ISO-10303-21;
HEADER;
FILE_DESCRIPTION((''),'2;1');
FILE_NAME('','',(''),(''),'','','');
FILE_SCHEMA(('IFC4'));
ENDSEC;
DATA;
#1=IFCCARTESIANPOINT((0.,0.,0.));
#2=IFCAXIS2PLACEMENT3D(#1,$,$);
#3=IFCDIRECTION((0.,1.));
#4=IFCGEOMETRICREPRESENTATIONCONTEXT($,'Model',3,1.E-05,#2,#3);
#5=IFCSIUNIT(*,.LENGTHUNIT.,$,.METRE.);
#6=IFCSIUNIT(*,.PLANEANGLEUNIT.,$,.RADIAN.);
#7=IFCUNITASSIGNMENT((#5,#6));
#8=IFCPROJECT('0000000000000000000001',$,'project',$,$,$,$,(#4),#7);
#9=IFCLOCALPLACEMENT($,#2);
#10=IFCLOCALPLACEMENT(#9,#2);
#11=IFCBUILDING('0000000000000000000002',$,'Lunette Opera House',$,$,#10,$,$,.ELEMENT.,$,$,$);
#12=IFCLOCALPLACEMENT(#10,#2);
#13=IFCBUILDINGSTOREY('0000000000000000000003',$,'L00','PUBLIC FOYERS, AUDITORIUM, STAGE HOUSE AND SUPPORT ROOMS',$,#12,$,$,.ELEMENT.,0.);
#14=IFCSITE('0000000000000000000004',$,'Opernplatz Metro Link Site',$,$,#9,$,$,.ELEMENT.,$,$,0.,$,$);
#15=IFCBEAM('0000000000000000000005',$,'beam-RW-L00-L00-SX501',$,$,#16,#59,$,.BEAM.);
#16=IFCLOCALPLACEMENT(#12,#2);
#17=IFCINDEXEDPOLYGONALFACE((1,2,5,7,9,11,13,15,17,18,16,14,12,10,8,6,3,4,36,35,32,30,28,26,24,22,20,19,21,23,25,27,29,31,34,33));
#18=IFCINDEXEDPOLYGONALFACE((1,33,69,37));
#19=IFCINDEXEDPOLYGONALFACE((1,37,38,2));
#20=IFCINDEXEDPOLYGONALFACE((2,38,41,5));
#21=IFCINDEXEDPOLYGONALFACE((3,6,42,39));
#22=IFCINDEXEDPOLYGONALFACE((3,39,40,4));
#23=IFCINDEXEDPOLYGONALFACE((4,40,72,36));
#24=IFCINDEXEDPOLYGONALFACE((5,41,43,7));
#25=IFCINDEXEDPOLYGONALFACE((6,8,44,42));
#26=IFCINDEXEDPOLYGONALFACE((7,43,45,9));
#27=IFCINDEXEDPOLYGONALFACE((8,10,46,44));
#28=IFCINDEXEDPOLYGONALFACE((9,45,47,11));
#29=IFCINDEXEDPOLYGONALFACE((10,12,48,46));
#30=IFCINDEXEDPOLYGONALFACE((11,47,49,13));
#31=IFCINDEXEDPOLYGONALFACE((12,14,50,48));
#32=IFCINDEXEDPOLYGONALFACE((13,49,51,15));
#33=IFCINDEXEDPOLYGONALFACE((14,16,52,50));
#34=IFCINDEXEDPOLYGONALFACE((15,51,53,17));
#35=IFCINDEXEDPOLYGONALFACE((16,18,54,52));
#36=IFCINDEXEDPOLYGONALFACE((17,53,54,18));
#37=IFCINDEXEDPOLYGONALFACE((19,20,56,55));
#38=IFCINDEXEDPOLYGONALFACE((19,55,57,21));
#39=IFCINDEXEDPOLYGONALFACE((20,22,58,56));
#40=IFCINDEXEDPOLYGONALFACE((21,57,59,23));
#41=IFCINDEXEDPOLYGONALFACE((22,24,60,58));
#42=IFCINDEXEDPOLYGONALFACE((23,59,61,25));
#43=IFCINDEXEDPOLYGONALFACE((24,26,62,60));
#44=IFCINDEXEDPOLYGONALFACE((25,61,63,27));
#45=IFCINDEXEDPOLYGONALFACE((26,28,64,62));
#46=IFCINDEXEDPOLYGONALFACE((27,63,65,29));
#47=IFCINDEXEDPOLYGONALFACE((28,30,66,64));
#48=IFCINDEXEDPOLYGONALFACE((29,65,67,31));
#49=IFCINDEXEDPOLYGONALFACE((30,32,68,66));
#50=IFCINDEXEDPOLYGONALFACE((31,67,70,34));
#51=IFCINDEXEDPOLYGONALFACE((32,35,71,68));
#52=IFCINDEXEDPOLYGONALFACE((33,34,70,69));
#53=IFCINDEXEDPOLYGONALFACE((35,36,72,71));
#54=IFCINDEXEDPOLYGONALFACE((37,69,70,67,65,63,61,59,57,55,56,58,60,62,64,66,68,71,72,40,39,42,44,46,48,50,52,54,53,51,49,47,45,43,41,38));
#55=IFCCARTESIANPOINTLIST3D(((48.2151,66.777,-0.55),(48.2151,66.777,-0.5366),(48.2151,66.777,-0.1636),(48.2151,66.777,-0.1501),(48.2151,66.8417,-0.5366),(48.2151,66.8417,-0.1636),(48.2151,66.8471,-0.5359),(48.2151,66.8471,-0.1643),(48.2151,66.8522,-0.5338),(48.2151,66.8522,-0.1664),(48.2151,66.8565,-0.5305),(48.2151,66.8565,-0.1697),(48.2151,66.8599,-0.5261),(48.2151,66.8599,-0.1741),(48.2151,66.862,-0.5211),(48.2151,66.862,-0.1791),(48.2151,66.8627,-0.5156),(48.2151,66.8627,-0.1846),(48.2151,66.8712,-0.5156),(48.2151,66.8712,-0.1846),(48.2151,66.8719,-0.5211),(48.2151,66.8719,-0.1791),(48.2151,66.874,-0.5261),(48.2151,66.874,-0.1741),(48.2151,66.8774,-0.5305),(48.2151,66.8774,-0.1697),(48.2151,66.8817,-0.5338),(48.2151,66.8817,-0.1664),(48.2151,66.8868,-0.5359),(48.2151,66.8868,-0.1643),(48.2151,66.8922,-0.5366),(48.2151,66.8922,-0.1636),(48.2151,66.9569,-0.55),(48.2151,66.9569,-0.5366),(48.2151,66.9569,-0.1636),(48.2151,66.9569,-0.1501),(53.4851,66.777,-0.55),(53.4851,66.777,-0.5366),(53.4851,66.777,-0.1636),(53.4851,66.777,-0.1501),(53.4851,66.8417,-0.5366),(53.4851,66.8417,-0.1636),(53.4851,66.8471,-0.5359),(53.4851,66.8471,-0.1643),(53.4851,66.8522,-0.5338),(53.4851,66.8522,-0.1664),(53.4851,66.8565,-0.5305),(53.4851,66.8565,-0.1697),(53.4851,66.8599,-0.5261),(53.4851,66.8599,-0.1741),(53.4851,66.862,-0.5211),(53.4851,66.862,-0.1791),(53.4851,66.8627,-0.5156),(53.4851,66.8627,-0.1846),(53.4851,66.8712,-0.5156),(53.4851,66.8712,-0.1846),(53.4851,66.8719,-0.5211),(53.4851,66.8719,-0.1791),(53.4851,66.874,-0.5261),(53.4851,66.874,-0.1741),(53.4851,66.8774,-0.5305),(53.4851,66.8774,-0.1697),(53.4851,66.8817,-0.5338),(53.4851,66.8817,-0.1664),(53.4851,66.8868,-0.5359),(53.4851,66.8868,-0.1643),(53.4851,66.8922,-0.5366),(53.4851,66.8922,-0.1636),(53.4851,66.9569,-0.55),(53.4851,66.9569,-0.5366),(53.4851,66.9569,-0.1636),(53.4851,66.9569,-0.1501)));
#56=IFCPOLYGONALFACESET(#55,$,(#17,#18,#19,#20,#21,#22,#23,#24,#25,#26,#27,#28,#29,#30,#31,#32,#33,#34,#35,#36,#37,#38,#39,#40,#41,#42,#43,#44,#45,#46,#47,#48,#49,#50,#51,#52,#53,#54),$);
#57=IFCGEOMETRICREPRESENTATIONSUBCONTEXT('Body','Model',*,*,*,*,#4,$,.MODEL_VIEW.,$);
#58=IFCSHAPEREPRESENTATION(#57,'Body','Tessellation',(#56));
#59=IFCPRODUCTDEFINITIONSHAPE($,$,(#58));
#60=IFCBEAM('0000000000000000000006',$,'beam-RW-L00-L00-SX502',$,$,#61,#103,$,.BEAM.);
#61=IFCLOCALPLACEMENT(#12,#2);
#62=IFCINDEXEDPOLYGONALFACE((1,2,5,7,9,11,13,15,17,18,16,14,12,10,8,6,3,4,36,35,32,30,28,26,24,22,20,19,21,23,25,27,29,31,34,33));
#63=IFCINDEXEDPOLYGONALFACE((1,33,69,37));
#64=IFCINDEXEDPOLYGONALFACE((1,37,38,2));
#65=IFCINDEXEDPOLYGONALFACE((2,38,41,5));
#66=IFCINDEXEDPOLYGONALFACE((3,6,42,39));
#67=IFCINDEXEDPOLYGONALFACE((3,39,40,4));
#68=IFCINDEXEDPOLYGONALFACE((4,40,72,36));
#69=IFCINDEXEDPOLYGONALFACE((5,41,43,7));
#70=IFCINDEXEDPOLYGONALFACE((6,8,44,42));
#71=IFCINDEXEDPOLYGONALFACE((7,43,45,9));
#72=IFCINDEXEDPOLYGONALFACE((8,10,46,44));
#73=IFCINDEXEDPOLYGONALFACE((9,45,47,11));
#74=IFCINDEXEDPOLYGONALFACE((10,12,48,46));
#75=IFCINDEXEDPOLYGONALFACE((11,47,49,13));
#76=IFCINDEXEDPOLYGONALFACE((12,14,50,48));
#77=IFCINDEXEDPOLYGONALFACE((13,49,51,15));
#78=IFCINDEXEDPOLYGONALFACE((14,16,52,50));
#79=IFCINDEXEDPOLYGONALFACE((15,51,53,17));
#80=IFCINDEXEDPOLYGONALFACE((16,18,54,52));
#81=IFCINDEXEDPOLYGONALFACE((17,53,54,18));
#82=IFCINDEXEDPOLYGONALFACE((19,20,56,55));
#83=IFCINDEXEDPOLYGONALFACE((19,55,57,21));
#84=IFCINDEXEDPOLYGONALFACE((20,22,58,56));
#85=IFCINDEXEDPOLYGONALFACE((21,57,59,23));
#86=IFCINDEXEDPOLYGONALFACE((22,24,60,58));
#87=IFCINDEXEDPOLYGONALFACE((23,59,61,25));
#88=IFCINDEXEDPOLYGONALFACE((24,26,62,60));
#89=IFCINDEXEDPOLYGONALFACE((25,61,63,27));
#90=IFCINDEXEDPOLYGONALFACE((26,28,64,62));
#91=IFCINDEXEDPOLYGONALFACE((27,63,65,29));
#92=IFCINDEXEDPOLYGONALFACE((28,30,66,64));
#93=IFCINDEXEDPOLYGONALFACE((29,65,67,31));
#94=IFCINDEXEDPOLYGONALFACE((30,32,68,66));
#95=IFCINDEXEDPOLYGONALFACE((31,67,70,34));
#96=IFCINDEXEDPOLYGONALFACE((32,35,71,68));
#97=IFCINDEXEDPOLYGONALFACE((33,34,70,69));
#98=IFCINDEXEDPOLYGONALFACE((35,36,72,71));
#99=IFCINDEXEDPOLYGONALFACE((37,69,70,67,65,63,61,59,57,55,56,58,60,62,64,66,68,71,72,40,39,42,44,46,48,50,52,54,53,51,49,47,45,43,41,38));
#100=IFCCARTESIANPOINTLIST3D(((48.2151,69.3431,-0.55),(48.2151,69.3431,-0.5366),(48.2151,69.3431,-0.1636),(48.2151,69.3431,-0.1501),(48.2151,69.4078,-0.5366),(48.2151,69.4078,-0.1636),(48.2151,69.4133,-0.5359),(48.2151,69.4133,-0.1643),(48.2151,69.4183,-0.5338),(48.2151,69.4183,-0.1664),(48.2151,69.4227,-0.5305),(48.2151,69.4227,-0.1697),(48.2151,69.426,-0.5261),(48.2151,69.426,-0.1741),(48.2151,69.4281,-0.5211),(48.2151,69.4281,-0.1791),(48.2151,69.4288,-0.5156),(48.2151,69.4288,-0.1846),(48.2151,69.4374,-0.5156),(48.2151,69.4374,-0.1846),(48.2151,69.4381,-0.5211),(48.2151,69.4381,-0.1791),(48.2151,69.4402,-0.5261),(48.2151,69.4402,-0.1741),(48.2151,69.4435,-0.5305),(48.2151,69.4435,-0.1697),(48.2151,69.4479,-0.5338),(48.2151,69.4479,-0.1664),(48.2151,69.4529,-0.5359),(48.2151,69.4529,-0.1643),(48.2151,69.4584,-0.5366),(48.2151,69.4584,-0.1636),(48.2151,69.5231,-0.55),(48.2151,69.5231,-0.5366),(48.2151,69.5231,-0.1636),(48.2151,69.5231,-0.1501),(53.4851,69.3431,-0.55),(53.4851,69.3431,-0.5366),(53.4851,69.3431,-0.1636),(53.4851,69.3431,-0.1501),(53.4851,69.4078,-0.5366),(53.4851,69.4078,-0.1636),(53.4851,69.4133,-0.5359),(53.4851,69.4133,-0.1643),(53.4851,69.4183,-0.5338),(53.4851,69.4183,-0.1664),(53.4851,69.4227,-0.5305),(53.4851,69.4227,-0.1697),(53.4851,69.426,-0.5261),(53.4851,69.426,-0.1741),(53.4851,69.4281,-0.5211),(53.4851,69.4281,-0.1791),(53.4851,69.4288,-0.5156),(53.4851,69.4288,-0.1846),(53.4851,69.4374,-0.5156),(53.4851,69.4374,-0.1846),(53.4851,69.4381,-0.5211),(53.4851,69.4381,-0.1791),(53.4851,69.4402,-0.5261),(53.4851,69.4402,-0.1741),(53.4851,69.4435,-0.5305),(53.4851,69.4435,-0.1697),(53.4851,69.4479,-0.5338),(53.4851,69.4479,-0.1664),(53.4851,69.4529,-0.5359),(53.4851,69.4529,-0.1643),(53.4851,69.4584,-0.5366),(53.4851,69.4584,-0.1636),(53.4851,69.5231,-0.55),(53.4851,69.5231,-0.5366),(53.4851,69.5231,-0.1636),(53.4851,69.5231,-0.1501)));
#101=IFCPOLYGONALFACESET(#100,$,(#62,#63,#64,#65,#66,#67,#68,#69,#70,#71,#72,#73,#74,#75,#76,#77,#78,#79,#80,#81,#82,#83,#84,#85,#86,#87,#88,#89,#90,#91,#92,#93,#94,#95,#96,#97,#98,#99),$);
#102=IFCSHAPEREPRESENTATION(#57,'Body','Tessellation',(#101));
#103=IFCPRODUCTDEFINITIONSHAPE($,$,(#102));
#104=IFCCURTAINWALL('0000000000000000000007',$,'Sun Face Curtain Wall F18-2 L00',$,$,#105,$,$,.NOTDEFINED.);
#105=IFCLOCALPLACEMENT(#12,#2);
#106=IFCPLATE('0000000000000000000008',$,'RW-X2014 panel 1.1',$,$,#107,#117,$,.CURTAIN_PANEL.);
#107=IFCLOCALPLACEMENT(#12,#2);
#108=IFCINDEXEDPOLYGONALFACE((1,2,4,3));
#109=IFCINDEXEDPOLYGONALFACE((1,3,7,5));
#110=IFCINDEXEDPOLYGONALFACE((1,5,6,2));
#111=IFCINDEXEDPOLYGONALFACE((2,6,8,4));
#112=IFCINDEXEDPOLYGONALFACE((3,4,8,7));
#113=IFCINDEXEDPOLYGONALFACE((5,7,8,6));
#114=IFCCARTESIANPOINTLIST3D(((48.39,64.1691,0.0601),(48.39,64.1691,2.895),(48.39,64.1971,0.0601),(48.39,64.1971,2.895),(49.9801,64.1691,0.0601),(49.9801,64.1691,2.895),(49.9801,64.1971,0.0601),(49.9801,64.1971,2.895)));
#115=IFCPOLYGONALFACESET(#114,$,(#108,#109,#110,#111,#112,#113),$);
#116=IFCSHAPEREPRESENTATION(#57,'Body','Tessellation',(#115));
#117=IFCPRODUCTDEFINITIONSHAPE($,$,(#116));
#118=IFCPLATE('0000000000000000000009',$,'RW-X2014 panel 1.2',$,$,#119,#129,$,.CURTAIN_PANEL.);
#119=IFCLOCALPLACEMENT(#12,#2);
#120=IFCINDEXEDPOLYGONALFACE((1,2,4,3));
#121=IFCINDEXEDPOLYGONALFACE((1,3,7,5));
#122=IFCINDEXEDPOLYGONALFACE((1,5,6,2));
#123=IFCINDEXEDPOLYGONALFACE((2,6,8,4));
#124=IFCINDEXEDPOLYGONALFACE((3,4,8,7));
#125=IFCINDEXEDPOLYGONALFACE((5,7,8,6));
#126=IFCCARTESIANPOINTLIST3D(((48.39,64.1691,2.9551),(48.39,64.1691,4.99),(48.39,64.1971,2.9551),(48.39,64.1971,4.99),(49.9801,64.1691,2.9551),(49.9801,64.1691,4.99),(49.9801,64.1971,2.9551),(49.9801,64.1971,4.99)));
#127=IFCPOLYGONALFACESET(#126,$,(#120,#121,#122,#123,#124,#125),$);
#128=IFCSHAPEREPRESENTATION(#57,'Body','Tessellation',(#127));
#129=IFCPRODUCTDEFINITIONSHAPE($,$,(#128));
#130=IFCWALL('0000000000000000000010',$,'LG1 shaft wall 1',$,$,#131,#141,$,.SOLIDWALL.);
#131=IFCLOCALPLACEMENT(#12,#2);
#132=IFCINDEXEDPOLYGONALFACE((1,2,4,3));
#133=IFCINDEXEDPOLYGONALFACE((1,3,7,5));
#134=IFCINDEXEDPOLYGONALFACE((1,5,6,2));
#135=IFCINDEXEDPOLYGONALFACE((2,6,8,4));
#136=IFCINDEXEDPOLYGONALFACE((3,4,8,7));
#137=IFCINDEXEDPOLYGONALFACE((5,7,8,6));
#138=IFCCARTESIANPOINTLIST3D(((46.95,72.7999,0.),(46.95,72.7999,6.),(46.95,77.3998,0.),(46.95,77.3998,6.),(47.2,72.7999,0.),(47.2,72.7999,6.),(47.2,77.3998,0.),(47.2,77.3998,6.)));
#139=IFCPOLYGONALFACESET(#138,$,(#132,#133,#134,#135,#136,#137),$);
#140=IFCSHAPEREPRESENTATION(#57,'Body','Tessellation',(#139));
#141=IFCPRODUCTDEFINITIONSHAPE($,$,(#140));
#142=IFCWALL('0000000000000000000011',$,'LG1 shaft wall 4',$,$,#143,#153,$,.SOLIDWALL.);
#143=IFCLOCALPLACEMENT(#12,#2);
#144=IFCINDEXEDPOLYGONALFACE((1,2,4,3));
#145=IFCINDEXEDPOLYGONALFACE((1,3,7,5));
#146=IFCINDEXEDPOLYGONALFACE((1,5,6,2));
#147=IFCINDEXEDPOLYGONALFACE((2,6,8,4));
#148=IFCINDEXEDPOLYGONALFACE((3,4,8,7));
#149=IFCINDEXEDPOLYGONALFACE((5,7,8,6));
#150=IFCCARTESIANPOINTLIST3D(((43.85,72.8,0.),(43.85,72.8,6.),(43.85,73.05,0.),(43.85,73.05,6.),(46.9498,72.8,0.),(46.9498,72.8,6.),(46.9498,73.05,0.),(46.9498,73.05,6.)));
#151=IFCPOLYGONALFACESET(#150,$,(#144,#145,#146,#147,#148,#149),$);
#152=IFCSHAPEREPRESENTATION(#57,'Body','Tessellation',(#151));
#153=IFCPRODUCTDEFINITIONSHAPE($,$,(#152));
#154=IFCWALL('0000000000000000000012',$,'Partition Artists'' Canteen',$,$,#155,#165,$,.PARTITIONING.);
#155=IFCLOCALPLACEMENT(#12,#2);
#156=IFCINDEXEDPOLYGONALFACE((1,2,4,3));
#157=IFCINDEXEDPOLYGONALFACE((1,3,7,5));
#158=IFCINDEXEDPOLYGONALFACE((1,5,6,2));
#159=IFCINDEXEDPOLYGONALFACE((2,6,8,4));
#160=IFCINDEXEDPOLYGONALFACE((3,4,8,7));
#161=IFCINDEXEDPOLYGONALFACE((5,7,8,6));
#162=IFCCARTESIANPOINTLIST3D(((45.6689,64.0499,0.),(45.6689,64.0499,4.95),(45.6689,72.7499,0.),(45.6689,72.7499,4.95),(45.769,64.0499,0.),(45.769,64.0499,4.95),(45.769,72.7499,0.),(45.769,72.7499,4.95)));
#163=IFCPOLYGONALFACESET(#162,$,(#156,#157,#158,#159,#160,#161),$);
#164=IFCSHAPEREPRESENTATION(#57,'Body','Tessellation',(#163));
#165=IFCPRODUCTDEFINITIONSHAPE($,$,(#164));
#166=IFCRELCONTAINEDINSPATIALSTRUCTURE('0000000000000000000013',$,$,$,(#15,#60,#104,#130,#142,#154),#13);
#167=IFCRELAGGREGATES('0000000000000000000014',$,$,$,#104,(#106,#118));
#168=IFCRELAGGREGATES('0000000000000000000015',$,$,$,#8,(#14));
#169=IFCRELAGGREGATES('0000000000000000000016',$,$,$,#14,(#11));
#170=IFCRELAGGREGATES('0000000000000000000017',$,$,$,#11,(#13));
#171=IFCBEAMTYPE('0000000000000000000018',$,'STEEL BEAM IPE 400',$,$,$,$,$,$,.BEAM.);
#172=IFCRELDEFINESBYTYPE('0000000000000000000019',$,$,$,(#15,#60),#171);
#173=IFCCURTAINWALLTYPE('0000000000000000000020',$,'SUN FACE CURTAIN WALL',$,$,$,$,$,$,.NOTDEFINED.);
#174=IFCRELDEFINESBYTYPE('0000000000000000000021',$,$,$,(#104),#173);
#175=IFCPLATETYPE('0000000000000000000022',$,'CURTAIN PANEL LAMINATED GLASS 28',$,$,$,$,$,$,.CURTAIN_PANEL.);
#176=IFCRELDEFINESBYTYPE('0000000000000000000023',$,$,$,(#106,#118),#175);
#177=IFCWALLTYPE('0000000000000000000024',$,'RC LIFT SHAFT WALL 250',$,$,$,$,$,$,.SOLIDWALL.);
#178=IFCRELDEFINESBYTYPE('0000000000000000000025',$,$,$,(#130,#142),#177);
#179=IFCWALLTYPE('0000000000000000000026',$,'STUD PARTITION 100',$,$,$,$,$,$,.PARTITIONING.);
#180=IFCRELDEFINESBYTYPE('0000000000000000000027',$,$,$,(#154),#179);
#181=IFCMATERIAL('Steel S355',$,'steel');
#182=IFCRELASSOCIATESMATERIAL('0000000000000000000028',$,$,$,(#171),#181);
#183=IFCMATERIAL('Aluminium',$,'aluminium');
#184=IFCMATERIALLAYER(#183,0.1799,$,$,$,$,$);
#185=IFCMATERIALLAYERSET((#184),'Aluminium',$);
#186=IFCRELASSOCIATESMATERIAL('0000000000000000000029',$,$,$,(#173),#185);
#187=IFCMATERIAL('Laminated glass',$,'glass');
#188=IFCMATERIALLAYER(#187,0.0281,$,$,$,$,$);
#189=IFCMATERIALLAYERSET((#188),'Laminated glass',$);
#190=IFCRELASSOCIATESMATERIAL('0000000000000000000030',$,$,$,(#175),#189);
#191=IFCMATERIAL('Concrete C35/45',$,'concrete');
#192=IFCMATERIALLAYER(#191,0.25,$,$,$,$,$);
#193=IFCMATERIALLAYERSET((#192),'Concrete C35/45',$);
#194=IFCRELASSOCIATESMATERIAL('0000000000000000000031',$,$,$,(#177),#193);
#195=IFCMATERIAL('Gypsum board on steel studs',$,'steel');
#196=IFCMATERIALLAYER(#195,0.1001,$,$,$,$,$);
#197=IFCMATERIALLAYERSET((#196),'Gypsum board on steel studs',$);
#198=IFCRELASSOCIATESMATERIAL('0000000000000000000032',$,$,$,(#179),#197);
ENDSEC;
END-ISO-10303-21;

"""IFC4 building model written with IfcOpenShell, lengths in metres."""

from ifc_helpers import new_model, si_unit, direction, frame, frame_2d, origin, origin_2d, place, context, subcontext, project, spatial, rectangle, i_section, extrude, material, layer, layer_set, material_profile, profile_set, type_object, element, aggregate, save


model = new_model("IFC4")

# Units and contexts
model_context = context("Model", 3, precision=1e-05, world=origin(), true_north=direction((0.0, 1.0)))
body_context = subcontext(model_context, "Body", "Model", "MODEL_VIEW")
ifc_project = project(units=[si_unit("LENGTHUNIT", "METRE"), si_unit("PLANEANGLEUNIT", "RADIAN")], contexts=[model_context])

# Site, building, storey
site_placement = place(None, origin())
site = spatial("IfcSite", under=ifc_project, at=site_placement, Name="Opernplatz Metro Link Site", CompositionType="ELEMENT", RefElevation=0.0)
building_placement = place(site_placement, origin())
building = spatial("IfcBuilding", under=site, at=building_placement, Name="Lunette Opera House", CompositionType="ELEMENT")
storey_placement = place(building_placement, origin())
storey = spatial("IfcBuildingStorey", under=building, at=storey_placement, Name="L00", Description="PUBLIC FOYERS, AUDITORIUM, STAGE HOUSE AND SUPPORT ROOMS", CompositionType="ELEMENT", Elevation=0.0)

# Beams
ifc_material_1 = material(Name="Steel S355", Category="steel")
ifc_material_profile_1 = material_profile(ifc_material_1, i_section(OverallWidth=0.1799, OverallDepth=0.3999, WebThickness=0.0085, FlangeThickness=0.0134, FilletRadius=0.021, at=origin_2d()), Name="IPE 400")
ifc_profile_set_1 = profile_set([ifc_material_profile_1], Name="Steel S355")
beam_type_1 = type_object("IfcBeamType", Name="STEEL BEAM IPE 400", PredefinedType="BEAM", material=ifc_profile_set_1)
for number, where, z_axis, x_axis, name in (
    (1, (48.2151, 66.8669, -0.3501), (1.0, 0.0, 0.0), (0.0, 1.0, 0.0), "beam-RW-L00-L00-SX501"),
    (2, (48.2151, 69.4331, -0.3501), (1.0, 0.0, 0.0), (0.0, 1.0, 0.0), "beam-RW-L00-L00-SX502"),
):
    element("IfcBeam", number, at=place(storey_placement, frame(where, z_axis=z_axis, x_axis=x_axis)), inside=storey, type_object=beam_type_1, Name=name, PredefinedType="BEAM", context=body_context, shape_type="SweptSolid", body=[
        extrude(i_section(OverallWidth=0.1799, OverallDepth=0.3999, WebThickness=0.0085, FlangeThickness=0.0134, FilletRadius=0.021, at=origin_2d()), origin(), (0.0, 0.0, 1.0), 5.27),
    ])

# Curtain wall, plates
ifc_material_2 = material(Name="Aluminium", Category="aluminium")
ifc_layer_1 = layer(ifc_material_2, 0.1799)
ifc_layer_set_1 = layer_set([ifc_layer_1], Name="Aluminium")
curtain_wall_type = type_object("IfcCurtainWallType", Name="SUN FACE CURTAIN WALL", PredefinedType="NOTDEFINED", material=ifc_layer_set_1)
curtain_wall_placement = place(storey_placement, origin())
curtain_wall = element("IfcCurtainWall", 3, at=curtain_wall_placement, inside=storey, type_object=curtain_wall_type, Name="Sun Face Curtain Wall F18-2 L00", PredefinedType="NOTDEFINED")
ifc_material_3 = material(Name="Laminated glass", Category="glass")
ifc_layer_2 = layer(ifc_material_3, 0.0281)
ifc_layer_set_2 = layer_set([ifc_layer_2], Name="Laminated glass")
plate_type = type_object("IfcPlateType", Name="CURTAIN PANEL LAMINATED GLASS 28", PredefinedType="CURTAIN_PANEL", material=ifc_layer_set_2)
plate_1_placement = place(storey_placement, frame((49.1851, 64.1831, 0.0601), z_axis=(0.0, 0.0, 1.0), x_axis=(1.0, 0.0, 0.0)))
plate_1 = element("IfcPlate", 4, at=plate_1_placement, type_object=plate_type, Name="RW-X2014 panel 1.1", PredefinedType="CURTAIN_PANEL", context=body_context, shape_type="SweptSolid", body=[
    extrude(rectangle(XDim=1.5901, YDim=0.0281, at=origin_2d()), origin(), (0.0, 0.0, 1.0), 2.835),
])
plate_2_placement = place(storey_placement, frame((49.1851, 64.1831, 2.9551), z_axis=(0.0, 0.0, 1.0), x_axis=(1.0, 0.0, 0.0)))
plate_2 = element("IfcPlate", 5, at=plate_2_placement, type_object=plate_type, Name="RW-X2014 panel 1.2", PredefinedType="CURTAIN_PANEL", context=body_context, shape_type="SweptSolid", body=[
    extrude(rectangle(XDim=1.5901, YDim=0.0281, at=origin_2d()), origin(), (0.0, 0.0, 1.0), 2.0349),
])
aggregate(curtain_wall, [plate_1, plate_2])

# Walls
ifc_material_4 = material(Name="Concrete C35/45", Category="concrete")
ifc_layer_3 = layer(ifc_material_4, 0.25)
ifc_layer_set_3 = layer_set([ifc_layer_3], Name="Concrete C35/45")
wall_type_1 = type_object("IfcWallType", Name="RC LIFT SHAFT WALL 250", PredefinedType="SOLIDWALL", material=ifc_layer_set_3)
wall_1_placement = place(storey_placement, frame((47.075, 72.8, 0.0), z_axis=(0.0, 0.0, 1.0), x_axis=(0.0, 1.0, 0.0)))
element("IfcWall", 6, at=wall_1_placement, inside=storey, type_object=wall_type_1, Name="LG1 shaft wall 1", PredefinedType="SOLIDWALL", context=body_context, shape_type="SweptSolid", body=[
    extrude(rectangle(XDim=4.5999, YDim=0.25, at=frame_2d((2.2998, 0.0))), origin(), (0.0, 0.0, 1.0), 6.0),
])
wall_2_placement = place(storey_placement, frame((43.8501, 72.925, 0.0), z_axis=(0.0, 0.0, 1.0), x_axis=(1.0, 0.0, 0.0)))
element("IfcWall", 7, at=wall_2_placement, inside=storey, type_object=wall_type_1, Name="LG1 shaft wall 4", PredefinedType="SOLIDWALL", context=body_context, shape_type="SweptSolid", body=[
    extrude(rectangle(XDim=3.0999, YDim=0.25, at=frame_2d((1.5498, 0.0))), origin(), (0.0, 0.0, 1.0), 6.0),
])
ifc_material_5 = material(Name="Gypsum board on steel studs", Category="steel")
ifc_layer_4 = layer(ifc_material_5, 0.1001)
ifc_layer_set_4 = layer_set([ifc_layer_4], Name="Gypsum board on steel studs")
wall_type_2 = type_object("IfcWallType", Name="STUD PARTITION 100", PredefinedType="PARTITIONING", material=ifc_layer_set_4)
wall_3_placement = place(storey_placement, frame((45.719, 72.75, 0.0), z_axis=(0.0, 0.0, 1.0), x_axis=(0.0, -1.0, 0.0)))
element("IfcWall", 8, at=wall_3_placement, inside=storey, type_object=wall_type_2, Name="Partition Artists' Canteen", PredefinedType="PARTITIONING", context=body_context, shape_type="SweptSolid", body=[
    extrude(rectangle(XDim=8.7, YDim=0.1001, at=frame_2d((4.3501, 0.0))), origin(), (0.0, 0.0, 1.0), 4.95),
])

save(model, "model.ifc")
